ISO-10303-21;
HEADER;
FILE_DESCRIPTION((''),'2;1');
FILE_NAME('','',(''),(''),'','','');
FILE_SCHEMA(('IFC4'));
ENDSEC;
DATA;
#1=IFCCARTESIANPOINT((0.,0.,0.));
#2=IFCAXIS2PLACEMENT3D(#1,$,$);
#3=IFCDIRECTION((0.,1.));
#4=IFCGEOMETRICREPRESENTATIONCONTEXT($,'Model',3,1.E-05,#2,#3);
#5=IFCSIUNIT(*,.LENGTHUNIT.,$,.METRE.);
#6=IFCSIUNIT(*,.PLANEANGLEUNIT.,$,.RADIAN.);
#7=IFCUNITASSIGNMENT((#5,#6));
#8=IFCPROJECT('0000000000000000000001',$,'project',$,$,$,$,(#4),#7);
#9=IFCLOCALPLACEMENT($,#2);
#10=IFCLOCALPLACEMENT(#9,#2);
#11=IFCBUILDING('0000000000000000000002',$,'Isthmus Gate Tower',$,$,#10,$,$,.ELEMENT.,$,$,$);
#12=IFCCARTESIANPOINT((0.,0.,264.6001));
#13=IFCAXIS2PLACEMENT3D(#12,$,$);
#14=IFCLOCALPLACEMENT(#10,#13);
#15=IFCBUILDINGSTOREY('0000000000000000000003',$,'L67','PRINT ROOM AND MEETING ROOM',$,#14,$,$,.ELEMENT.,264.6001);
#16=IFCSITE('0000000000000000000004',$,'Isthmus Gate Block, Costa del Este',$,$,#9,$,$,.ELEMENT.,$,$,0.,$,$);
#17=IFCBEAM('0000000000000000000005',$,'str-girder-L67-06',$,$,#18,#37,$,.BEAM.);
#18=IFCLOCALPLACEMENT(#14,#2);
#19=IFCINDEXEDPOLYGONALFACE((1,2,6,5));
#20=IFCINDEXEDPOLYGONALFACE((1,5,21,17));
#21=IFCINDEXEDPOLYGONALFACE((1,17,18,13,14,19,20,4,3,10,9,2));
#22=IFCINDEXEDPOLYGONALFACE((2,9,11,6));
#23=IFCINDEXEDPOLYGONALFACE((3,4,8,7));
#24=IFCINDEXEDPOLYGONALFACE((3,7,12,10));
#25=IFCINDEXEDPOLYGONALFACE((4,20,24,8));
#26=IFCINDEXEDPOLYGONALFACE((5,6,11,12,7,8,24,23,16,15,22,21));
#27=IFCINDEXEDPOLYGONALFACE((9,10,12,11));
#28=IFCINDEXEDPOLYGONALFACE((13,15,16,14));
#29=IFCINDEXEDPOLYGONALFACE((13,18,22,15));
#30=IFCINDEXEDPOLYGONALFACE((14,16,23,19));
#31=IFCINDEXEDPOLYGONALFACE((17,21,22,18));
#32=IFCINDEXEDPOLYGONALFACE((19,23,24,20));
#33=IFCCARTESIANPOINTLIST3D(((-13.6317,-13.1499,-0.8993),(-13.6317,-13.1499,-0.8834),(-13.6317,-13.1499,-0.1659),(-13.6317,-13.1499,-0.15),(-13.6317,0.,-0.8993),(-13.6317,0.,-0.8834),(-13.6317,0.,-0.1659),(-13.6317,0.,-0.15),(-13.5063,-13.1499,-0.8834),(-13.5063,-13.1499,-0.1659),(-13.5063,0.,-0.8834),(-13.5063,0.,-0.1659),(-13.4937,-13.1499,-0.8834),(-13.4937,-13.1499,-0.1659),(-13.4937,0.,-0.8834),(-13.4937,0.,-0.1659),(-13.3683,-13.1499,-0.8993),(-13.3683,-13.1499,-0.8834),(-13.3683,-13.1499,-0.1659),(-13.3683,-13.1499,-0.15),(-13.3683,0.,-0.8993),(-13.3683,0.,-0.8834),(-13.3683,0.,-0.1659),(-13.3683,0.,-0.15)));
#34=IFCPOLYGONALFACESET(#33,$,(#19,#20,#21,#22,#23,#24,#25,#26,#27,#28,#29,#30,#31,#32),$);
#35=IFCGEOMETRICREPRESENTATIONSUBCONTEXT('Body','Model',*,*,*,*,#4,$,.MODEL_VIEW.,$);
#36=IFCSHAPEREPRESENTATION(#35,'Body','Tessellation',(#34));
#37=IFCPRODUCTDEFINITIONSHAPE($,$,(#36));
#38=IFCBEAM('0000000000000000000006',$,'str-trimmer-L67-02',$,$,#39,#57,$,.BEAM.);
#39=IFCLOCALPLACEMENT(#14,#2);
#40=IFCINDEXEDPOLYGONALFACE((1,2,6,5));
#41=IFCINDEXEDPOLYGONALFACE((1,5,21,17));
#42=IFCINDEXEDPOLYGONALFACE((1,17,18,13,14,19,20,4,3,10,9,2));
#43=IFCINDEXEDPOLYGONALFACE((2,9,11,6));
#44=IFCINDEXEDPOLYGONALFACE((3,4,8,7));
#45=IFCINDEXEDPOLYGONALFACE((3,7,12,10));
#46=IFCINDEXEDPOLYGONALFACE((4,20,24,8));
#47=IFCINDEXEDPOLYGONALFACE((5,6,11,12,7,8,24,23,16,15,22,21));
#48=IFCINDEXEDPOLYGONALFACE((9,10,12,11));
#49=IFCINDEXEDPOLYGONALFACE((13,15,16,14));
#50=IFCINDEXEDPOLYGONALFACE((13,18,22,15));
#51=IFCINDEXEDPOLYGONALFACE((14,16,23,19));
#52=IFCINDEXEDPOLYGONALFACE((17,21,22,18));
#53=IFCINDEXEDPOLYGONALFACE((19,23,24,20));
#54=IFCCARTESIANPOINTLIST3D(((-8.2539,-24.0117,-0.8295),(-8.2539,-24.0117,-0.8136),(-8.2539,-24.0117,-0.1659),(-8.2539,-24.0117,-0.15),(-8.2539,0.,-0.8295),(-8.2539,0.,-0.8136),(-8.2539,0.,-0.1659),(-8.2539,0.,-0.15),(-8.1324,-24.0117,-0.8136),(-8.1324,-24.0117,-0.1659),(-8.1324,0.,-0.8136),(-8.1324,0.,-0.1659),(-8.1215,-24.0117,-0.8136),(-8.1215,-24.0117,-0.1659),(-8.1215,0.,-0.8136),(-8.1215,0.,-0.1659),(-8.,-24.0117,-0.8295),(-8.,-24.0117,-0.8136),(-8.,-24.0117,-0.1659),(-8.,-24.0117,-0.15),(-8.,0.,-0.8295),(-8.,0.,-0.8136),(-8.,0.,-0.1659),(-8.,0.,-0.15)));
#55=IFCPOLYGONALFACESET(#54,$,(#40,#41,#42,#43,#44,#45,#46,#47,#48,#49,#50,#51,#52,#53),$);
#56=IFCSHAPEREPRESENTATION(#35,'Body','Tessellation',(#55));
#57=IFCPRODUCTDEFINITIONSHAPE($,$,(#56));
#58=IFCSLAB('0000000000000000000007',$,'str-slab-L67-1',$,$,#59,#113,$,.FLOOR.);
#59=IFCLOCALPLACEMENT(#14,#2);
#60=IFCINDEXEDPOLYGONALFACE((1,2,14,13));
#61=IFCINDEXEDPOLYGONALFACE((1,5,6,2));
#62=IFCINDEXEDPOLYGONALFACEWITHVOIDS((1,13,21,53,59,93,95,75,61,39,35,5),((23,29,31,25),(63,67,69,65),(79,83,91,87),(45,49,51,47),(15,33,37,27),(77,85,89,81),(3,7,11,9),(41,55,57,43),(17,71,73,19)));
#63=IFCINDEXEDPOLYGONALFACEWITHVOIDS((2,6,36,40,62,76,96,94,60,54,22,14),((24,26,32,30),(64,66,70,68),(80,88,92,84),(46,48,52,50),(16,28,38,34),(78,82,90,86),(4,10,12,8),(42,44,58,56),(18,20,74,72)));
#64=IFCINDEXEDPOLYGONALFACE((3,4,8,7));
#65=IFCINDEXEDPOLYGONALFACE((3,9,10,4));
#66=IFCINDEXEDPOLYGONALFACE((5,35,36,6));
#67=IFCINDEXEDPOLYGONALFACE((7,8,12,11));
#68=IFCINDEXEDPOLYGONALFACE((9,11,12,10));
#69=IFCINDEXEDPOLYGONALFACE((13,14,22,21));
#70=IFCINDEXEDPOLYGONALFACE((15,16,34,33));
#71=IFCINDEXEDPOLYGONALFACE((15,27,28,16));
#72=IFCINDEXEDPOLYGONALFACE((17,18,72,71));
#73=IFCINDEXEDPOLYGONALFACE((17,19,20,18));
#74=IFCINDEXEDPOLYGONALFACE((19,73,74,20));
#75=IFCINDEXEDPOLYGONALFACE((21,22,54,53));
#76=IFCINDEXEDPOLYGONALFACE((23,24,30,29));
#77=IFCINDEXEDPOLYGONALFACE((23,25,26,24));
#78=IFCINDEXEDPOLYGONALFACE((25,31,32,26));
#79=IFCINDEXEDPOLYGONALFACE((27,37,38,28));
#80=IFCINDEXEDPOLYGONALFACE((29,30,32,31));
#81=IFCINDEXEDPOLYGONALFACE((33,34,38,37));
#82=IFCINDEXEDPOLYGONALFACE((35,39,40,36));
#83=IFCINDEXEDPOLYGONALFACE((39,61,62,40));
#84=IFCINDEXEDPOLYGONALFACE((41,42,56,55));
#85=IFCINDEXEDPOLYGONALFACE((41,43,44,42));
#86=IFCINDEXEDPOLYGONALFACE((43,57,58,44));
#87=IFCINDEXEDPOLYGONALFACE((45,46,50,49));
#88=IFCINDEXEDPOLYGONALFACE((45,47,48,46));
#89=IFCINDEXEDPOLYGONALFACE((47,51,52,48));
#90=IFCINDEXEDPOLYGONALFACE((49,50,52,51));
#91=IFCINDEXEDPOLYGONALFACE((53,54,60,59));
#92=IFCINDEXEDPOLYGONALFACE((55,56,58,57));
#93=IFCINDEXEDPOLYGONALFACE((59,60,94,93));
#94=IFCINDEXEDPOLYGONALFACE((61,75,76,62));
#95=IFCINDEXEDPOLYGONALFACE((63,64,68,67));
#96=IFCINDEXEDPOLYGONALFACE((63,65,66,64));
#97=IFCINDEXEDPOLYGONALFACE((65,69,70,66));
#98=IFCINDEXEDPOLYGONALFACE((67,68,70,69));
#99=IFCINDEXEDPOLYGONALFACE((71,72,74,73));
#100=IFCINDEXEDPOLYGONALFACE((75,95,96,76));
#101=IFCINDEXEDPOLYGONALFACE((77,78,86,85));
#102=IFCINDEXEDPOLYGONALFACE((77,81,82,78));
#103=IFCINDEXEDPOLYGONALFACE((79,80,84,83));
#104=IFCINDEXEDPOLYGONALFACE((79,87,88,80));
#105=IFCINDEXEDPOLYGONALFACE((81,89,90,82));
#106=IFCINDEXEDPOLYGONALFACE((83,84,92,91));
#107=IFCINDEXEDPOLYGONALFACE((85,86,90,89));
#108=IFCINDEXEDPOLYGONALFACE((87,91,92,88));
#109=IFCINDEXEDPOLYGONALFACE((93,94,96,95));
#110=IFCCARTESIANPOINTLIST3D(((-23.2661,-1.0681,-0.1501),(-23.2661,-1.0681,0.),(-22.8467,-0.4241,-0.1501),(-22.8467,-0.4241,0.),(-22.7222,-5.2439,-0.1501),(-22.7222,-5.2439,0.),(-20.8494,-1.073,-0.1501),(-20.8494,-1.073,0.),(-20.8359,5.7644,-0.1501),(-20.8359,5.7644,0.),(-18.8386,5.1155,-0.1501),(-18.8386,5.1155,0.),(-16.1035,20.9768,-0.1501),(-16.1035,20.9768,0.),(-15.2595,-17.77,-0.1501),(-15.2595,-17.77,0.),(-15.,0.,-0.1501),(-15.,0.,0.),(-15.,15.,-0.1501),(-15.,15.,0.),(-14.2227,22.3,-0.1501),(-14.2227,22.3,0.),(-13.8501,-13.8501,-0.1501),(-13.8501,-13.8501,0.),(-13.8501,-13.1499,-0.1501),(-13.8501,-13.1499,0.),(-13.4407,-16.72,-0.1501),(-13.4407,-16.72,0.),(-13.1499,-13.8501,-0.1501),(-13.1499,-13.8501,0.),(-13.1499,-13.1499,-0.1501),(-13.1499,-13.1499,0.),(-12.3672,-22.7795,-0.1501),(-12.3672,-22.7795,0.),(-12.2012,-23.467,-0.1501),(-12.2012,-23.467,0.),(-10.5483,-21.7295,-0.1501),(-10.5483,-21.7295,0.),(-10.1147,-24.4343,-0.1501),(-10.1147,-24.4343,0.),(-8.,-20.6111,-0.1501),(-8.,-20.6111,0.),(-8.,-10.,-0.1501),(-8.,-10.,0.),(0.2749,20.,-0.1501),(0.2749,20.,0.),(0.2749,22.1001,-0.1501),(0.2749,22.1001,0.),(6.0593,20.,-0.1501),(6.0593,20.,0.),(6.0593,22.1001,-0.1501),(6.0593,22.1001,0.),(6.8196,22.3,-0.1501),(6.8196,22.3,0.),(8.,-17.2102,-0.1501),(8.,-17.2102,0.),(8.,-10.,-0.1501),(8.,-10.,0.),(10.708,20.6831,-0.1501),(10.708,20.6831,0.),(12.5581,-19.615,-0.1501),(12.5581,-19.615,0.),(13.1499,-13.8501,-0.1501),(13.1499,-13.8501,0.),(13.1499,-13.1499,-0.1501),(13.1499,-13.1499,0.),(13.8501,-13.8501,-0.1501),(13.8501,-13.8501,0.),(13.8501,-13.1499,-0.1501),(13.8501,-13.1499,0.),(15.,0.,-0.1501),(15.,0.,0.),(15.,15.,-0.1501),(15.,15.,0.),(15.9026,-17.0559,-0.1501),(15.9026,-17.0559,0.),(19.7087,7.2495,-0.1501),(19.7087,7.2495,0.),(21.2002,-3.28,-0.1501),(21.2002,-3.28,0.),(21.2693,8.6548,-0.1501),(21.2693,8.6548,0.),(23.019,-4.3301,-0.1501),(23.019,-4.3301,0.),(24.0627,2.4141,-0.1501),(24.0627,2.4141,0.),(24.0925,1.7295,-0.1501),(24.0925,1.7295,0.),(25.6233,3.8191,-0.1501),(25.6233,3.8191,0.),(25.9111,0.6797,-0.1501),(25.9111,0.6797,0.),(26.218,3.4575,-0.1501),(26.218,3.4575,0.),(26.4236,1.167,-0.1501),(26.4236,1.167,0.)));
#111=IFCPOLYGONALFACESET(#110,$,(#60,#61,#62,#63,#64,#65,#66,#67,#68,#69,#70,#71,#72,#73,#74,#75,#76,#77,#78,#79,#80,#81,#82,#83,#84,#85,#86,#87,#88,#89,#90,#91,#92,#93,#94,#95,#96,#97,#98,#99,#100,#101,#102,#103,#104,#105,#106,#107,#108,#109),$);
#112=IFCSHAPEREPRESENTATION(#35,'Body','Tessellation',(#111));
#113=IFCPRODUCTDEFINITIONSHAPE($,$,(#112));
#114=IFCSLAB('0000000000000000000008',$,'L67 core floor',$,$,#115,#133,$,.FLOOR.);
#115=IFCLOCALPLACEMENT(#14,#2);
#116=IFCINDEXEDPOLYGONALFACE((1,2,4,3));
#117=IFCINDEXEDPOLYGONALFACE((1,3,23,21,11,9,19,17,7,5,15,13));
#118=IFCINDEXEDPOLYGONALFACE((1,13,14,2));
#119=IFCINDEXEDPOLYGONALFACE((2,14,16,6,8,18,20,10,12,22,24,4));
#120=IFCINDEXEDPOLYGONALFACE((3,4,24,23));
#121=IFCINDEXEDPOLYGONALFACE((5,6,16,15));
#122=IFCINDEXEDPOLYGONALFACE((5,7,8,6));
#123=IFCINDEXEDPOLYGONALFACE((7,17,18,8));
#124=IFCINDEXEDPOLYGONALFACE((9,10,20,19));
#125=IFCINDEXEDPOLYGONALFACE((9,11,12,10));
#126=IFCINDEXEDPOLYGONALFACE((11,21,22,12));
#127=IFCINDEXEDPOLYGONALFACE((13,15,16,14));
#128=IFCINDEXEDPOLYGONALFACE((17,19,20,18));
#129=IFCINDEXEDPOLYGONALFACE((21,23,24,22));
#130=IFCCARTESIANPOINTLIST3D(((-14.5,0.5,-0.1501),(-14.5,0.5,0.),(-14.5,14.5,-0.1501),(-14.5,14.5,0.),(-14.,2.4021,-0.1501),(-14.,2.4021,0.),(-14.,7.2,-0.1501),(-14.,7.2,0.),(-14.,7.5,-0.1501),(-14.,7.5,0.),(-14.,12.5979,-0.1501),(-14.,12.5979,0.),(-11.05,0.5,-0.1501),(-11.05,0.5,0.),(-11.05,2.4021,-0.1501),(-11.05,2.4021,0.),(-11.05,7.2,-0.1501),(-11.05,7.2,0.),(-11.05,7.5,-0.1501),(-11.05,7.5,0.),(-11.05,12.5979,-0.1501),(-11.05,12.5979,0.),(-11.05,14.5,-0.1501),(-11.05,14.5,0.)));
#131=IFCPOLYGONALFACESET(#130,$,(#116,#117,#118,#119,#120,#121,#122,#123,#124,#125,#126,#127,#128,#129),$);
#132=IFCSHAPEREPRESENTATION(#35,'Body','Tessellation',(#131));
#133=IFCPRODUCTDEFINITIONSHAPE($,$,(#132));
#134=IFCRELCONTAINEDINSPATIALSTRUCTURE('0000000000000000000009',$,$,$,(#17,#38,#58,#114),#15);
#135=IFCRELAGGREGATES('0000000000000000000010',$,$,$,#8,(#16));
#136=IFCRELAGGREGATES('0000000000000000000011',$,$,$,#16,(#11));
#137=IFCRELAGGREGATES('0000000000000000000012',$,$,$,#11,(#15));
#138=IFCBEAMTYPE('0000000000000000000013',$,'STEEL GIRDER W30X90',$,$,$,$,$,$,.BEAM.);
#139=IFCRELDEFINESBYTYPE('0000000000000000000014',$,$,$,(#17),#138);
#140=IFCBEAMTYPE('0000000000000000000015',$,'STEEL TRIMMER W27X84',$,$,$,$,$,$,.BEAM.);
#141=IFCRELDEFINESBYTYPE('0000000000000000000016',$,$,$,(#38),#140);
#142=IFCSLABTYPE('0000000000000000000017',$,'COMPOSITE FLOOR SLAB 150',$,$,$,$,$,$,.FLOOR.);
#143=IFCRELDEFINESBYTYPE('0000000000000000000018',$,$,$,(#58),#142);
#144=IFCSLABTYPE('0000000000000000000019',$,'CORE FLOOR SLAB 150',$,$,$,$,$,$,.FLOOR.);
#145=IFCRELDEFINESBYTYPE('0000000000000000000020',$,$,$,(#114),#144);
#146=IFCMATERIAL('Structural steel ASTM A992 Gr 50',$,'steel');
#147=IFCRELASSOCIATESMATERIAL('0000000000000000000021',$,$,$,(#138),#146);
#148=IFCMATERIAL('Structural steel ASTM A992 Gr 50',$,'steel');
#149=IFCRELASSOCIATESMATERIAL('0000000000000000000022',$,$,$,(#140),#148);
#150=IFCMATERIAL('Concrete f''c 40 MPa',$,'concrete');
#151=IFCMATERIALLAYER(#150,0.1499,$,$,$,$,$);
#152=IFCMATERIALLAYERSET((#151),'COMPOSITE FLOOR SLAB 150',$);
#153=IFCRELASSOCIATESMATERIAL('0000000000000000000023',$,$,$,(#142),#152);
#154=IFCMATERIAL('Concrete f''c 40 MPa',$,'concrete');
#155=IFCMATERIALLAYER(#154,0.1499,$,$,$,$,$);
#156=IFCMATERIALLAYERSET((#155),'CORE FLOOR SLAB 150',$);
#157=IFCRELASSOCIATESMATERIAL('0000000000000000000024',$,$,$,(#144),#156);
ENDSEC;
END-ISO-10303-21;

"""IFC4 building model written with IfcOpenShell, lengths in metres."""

from ifc_helpers import new_model, si_unit, direction, frame, origin, origin_2d, place, context, subcontext, project, spatial, polyline, i_section, outline, extrude, material, layer, layer_set, material_profile, profile_set, type_object, element, save


model = new_model("IFC4")

# Units and contexts
model_context = context("Model", 3, precision=1e-05, world=origin(), true_north=direction((0.0, 1.0)))
body_context = subcontext(model_context, "Body", "Model", "MODEL_VIEW")
ifc_project = project(units=[si_unit("LENGTHUNIT", "METRE"), si_unit("PLANEANGLEUNIT", "RADIAN")], contexts=[model_context])

# Site, building, storey
site_placement = place(None, origin())
site = spatial("IfcSite", under=ifc_project, at=site_placement, Name="Isthmus Gate Block, Costa del Este", CompositionType="ELEMENT", RefElevation=0.0)
building_placement = place(site_placement, origin())
building = spatial("IfcBuilding", under=site, at=building_placement, Name="Isthmus Gate Tower", CompositionType="ELEMENT")
storey_placement = place(building_placement, frame((0.0, 0.0, 264.6001)))
storey = spatial("IfcBuildingStorey", under=building, at=storey_placement, Name="L67", Description="PRINT ROOM AND MEETING ROOM", CompositionType="ELEMENT", Elevation=264.6001)

# Beams
ifc_material_1 = material(Name="Structural steel ASTM A992 Gr 50", Category="steel")
ifc_material_profile_1 = material_profile(ifc_material_1, i_section(OverallWidth=0.2634, OverallDepth=0.7493, WebThickness=0.0127, FlangeThickness=0.0159, at=origin_2d()), Name="W30X90")
ifc_profile_set_1 = profile_set([ifc_material_profile_1], Name="Structural steel ASTM A992 Gr 50")
beam_type_1 = type_object("IfcBeamType", Name="STEEL GIRDER W30X90", PredefinedType="BEAM", material=ifc_profile_set_1)
beam_1_placement = place(storey_placement, frame((-13.5, -13.1499, -0.5247), z_axis=(0.0, 1.0, 0.0), x_axis=(-1.0, 0.0, 0.0)))
element("IfcBeam", 1, at=beam_1_placement, inside=storey, type_object=beam_type_1, Name="str-girder-L67-06", PredefinedType="BEAM", context=body_context, shape_type="SweptSolid", body=[
    extrude(i_section(OverallWidth=0.2634, OverallDepth=0.7493, WebThickness=0.0127, FlangeThickness=0.0159, at=origin_2d()), origin(), (0.0, 0.0, 1.0), 13.1499),
])
ifc_material_2 = material(Name="Structural steel ASTM A992 Gr 50", Category="steel")
ifc_material_profile_2 = material_profile(ifc_material_2, i_section(OverallWidth=0.2539, OverallDepth=0.6794, WebThickness=0.011, FlangeThickness=0.0159, at=origin_2d()), Name="W27X84")
ifc_profile_set_2 = profile_set([ifc_material_profile_2], Name="Structural steel ASTM A992 Gr 50")
beam_type_2 = type_object("IfcBeamType", Name="STEEL TRIMMER W27X84", PredefinedType="BEAM", material=ifc_profile_set_2)
beam_2_placement = place(storey_placement, frame((-8.127, 0.0, -0.4897), z_axis=(0.0, -1.0, 0.0), x_axis=(1.0, 0.0, 0.0)))
element("IfcBeam", 2, at=beam_2_placement, inside=storey, type_object=beam_type_2, Name="str-trimmer-L67-02", PredefinedType="BEAM", context=body_context, shape_type="SweptSolid", body=[
    extrude(i_section(OverallWidth=0.2539, OverallDepth=0.6794, WebThickness=0.011, FlangeThickness=0.0159, at=origin_2d()), origin(), (0.0, 0.0, 1.0), 24.0117),
])

# Slabs
ifc_material_3 = material(Name="Concrete f'c 40 MPa", Category="concrete")
ifc_layer_1 = layer(ifc_material_3, 0.1499)
ifc_layer_set_1 = layer_set([ifc_layer_1], Name="COMPOSITE FLOOR SLAB 150")
slab_type_1 = type_object("IfcSlabType", Name="COMPOSITE FLOOR SLAB 150", PredefinedType="FLOOR", material=ifc_layer_set_1)
slab_1_placement = place(storey_placement, frame((0.0, 0.0, -0.1501)))
element("IfcSlab", 3, at=slab_1_placement, inside=storey, type_object=slab_type_1, Name="str-slab-L67-1", PredefinedType="FLOOR", context=body_context, shape_type="SweptSolid", body=[
    extrude(outline(polyline([(10.708, 20.6831), (26.218, 3.4575), (26.4236, 1.167), (15.9026, -17.0559), (12.5581, -19.615), (-10.1147, -24.4343), (-12.2012, -23.467), (-22.7222, -5.2439), (-23.2661, -1.0681), (-16.1035, 20.9768), (-14.2227, 22.3), (6.8196, 22.3), (10.708, 20.6831)]), holes=[polyline([(-10.5483, -21.7295), (-13.4407, -16.72), (-15.2595, -17.77), (-12.3672, -22.7795), (-10.5483, -21.7295)]), polyline([(8.0, -10.0), (-8.0, -10.0), (-8.0, -20.6111), (8.0, -17.2102), (8.0, -10.0)]), polyline([(-13.1499, -13.1499), (-13.8501, -13.1499), (-13.8501, -13.8501), (-13.1499, -13.8501), (-13.1499, -13.1499)]), polyline([(13.8501, -13.1499), (13.1499, -13.1499), (13.1499, -13.8501), (13.8501, -13.8501), (13.8501, -13.1499)]), polyline([(24.0925, 1.7295), (21.2002, -3.28), (23.019, -4.3301), (25.9111, 0.6797), (24.0925, 1.7295)]), polyline([(-20.8494, -1.073), (-18.8386, 5.1155), (-20.8359, 5.7644), (-22.8467, -0.4241), (-20.8494, -1.073)]), polyline([(19.7087, 7.2495), (24.0627, 2.4141), (25.6233, 3.8191), (21.2693, 8.6548), (19.7087, 7.2495)]), polyline([(15.0, 15.0), (-15.0, 15.0), (-15.0, 0.0), (15.0, 0.0), (15.0, 15.0)]), polyline([(0.2749, 22.1001), (0.2749, 20.0), (6.0593, 20.0), (6.0593, 22.1001), (0.2749, 22.1001)])]), origin(), (0.0, 0.0, 1.0), 0.1501),
])
ifc_material_4 = material(Name="Concrete f'c 40 MPa", Category="concrete")
ifc_layer_2 = layer(ifc_material_4, 0.1499)
ifc_layer_set_2 = layer_set([ifc_layer_2], Name="CORE FLOOR SLAB 150")
slab_type_2 = type_object("IfcSlabType", Name="CORE FLOOR SLAB 150", PredefinedType="FLOOR", material=ifc_layer_set_2)
slab_2_placement = place(storey_placement, frame((0.0, 0.0, -0.1501)))
element("IfcSlab", 4, at=slab_2_placement, inside=storey, type_object=slab_type_2, Name="L67 core floor", PredefinedType="FLOOR", context=body_context, shape_type="SweptSolid", body=[
    extrude(outline(polyline([(-11.05, 0.5), (-11.05, 2.4021), (-14.0, 2.4021), (-14.0, 7.2), (-11.05, 7.2), (-11.05, 7.5), (-14.0, 7.5), (-14.0, 12.5979), (-11.05, 12.5979), (-11.05, 14.5), (-14.5, 14.5), (-14.5, 0.5), (-11.05, 0.5)])), origin(), (0.0, 0.0, 1.0), 0.1501),
])

save(model, "model.ifc")
